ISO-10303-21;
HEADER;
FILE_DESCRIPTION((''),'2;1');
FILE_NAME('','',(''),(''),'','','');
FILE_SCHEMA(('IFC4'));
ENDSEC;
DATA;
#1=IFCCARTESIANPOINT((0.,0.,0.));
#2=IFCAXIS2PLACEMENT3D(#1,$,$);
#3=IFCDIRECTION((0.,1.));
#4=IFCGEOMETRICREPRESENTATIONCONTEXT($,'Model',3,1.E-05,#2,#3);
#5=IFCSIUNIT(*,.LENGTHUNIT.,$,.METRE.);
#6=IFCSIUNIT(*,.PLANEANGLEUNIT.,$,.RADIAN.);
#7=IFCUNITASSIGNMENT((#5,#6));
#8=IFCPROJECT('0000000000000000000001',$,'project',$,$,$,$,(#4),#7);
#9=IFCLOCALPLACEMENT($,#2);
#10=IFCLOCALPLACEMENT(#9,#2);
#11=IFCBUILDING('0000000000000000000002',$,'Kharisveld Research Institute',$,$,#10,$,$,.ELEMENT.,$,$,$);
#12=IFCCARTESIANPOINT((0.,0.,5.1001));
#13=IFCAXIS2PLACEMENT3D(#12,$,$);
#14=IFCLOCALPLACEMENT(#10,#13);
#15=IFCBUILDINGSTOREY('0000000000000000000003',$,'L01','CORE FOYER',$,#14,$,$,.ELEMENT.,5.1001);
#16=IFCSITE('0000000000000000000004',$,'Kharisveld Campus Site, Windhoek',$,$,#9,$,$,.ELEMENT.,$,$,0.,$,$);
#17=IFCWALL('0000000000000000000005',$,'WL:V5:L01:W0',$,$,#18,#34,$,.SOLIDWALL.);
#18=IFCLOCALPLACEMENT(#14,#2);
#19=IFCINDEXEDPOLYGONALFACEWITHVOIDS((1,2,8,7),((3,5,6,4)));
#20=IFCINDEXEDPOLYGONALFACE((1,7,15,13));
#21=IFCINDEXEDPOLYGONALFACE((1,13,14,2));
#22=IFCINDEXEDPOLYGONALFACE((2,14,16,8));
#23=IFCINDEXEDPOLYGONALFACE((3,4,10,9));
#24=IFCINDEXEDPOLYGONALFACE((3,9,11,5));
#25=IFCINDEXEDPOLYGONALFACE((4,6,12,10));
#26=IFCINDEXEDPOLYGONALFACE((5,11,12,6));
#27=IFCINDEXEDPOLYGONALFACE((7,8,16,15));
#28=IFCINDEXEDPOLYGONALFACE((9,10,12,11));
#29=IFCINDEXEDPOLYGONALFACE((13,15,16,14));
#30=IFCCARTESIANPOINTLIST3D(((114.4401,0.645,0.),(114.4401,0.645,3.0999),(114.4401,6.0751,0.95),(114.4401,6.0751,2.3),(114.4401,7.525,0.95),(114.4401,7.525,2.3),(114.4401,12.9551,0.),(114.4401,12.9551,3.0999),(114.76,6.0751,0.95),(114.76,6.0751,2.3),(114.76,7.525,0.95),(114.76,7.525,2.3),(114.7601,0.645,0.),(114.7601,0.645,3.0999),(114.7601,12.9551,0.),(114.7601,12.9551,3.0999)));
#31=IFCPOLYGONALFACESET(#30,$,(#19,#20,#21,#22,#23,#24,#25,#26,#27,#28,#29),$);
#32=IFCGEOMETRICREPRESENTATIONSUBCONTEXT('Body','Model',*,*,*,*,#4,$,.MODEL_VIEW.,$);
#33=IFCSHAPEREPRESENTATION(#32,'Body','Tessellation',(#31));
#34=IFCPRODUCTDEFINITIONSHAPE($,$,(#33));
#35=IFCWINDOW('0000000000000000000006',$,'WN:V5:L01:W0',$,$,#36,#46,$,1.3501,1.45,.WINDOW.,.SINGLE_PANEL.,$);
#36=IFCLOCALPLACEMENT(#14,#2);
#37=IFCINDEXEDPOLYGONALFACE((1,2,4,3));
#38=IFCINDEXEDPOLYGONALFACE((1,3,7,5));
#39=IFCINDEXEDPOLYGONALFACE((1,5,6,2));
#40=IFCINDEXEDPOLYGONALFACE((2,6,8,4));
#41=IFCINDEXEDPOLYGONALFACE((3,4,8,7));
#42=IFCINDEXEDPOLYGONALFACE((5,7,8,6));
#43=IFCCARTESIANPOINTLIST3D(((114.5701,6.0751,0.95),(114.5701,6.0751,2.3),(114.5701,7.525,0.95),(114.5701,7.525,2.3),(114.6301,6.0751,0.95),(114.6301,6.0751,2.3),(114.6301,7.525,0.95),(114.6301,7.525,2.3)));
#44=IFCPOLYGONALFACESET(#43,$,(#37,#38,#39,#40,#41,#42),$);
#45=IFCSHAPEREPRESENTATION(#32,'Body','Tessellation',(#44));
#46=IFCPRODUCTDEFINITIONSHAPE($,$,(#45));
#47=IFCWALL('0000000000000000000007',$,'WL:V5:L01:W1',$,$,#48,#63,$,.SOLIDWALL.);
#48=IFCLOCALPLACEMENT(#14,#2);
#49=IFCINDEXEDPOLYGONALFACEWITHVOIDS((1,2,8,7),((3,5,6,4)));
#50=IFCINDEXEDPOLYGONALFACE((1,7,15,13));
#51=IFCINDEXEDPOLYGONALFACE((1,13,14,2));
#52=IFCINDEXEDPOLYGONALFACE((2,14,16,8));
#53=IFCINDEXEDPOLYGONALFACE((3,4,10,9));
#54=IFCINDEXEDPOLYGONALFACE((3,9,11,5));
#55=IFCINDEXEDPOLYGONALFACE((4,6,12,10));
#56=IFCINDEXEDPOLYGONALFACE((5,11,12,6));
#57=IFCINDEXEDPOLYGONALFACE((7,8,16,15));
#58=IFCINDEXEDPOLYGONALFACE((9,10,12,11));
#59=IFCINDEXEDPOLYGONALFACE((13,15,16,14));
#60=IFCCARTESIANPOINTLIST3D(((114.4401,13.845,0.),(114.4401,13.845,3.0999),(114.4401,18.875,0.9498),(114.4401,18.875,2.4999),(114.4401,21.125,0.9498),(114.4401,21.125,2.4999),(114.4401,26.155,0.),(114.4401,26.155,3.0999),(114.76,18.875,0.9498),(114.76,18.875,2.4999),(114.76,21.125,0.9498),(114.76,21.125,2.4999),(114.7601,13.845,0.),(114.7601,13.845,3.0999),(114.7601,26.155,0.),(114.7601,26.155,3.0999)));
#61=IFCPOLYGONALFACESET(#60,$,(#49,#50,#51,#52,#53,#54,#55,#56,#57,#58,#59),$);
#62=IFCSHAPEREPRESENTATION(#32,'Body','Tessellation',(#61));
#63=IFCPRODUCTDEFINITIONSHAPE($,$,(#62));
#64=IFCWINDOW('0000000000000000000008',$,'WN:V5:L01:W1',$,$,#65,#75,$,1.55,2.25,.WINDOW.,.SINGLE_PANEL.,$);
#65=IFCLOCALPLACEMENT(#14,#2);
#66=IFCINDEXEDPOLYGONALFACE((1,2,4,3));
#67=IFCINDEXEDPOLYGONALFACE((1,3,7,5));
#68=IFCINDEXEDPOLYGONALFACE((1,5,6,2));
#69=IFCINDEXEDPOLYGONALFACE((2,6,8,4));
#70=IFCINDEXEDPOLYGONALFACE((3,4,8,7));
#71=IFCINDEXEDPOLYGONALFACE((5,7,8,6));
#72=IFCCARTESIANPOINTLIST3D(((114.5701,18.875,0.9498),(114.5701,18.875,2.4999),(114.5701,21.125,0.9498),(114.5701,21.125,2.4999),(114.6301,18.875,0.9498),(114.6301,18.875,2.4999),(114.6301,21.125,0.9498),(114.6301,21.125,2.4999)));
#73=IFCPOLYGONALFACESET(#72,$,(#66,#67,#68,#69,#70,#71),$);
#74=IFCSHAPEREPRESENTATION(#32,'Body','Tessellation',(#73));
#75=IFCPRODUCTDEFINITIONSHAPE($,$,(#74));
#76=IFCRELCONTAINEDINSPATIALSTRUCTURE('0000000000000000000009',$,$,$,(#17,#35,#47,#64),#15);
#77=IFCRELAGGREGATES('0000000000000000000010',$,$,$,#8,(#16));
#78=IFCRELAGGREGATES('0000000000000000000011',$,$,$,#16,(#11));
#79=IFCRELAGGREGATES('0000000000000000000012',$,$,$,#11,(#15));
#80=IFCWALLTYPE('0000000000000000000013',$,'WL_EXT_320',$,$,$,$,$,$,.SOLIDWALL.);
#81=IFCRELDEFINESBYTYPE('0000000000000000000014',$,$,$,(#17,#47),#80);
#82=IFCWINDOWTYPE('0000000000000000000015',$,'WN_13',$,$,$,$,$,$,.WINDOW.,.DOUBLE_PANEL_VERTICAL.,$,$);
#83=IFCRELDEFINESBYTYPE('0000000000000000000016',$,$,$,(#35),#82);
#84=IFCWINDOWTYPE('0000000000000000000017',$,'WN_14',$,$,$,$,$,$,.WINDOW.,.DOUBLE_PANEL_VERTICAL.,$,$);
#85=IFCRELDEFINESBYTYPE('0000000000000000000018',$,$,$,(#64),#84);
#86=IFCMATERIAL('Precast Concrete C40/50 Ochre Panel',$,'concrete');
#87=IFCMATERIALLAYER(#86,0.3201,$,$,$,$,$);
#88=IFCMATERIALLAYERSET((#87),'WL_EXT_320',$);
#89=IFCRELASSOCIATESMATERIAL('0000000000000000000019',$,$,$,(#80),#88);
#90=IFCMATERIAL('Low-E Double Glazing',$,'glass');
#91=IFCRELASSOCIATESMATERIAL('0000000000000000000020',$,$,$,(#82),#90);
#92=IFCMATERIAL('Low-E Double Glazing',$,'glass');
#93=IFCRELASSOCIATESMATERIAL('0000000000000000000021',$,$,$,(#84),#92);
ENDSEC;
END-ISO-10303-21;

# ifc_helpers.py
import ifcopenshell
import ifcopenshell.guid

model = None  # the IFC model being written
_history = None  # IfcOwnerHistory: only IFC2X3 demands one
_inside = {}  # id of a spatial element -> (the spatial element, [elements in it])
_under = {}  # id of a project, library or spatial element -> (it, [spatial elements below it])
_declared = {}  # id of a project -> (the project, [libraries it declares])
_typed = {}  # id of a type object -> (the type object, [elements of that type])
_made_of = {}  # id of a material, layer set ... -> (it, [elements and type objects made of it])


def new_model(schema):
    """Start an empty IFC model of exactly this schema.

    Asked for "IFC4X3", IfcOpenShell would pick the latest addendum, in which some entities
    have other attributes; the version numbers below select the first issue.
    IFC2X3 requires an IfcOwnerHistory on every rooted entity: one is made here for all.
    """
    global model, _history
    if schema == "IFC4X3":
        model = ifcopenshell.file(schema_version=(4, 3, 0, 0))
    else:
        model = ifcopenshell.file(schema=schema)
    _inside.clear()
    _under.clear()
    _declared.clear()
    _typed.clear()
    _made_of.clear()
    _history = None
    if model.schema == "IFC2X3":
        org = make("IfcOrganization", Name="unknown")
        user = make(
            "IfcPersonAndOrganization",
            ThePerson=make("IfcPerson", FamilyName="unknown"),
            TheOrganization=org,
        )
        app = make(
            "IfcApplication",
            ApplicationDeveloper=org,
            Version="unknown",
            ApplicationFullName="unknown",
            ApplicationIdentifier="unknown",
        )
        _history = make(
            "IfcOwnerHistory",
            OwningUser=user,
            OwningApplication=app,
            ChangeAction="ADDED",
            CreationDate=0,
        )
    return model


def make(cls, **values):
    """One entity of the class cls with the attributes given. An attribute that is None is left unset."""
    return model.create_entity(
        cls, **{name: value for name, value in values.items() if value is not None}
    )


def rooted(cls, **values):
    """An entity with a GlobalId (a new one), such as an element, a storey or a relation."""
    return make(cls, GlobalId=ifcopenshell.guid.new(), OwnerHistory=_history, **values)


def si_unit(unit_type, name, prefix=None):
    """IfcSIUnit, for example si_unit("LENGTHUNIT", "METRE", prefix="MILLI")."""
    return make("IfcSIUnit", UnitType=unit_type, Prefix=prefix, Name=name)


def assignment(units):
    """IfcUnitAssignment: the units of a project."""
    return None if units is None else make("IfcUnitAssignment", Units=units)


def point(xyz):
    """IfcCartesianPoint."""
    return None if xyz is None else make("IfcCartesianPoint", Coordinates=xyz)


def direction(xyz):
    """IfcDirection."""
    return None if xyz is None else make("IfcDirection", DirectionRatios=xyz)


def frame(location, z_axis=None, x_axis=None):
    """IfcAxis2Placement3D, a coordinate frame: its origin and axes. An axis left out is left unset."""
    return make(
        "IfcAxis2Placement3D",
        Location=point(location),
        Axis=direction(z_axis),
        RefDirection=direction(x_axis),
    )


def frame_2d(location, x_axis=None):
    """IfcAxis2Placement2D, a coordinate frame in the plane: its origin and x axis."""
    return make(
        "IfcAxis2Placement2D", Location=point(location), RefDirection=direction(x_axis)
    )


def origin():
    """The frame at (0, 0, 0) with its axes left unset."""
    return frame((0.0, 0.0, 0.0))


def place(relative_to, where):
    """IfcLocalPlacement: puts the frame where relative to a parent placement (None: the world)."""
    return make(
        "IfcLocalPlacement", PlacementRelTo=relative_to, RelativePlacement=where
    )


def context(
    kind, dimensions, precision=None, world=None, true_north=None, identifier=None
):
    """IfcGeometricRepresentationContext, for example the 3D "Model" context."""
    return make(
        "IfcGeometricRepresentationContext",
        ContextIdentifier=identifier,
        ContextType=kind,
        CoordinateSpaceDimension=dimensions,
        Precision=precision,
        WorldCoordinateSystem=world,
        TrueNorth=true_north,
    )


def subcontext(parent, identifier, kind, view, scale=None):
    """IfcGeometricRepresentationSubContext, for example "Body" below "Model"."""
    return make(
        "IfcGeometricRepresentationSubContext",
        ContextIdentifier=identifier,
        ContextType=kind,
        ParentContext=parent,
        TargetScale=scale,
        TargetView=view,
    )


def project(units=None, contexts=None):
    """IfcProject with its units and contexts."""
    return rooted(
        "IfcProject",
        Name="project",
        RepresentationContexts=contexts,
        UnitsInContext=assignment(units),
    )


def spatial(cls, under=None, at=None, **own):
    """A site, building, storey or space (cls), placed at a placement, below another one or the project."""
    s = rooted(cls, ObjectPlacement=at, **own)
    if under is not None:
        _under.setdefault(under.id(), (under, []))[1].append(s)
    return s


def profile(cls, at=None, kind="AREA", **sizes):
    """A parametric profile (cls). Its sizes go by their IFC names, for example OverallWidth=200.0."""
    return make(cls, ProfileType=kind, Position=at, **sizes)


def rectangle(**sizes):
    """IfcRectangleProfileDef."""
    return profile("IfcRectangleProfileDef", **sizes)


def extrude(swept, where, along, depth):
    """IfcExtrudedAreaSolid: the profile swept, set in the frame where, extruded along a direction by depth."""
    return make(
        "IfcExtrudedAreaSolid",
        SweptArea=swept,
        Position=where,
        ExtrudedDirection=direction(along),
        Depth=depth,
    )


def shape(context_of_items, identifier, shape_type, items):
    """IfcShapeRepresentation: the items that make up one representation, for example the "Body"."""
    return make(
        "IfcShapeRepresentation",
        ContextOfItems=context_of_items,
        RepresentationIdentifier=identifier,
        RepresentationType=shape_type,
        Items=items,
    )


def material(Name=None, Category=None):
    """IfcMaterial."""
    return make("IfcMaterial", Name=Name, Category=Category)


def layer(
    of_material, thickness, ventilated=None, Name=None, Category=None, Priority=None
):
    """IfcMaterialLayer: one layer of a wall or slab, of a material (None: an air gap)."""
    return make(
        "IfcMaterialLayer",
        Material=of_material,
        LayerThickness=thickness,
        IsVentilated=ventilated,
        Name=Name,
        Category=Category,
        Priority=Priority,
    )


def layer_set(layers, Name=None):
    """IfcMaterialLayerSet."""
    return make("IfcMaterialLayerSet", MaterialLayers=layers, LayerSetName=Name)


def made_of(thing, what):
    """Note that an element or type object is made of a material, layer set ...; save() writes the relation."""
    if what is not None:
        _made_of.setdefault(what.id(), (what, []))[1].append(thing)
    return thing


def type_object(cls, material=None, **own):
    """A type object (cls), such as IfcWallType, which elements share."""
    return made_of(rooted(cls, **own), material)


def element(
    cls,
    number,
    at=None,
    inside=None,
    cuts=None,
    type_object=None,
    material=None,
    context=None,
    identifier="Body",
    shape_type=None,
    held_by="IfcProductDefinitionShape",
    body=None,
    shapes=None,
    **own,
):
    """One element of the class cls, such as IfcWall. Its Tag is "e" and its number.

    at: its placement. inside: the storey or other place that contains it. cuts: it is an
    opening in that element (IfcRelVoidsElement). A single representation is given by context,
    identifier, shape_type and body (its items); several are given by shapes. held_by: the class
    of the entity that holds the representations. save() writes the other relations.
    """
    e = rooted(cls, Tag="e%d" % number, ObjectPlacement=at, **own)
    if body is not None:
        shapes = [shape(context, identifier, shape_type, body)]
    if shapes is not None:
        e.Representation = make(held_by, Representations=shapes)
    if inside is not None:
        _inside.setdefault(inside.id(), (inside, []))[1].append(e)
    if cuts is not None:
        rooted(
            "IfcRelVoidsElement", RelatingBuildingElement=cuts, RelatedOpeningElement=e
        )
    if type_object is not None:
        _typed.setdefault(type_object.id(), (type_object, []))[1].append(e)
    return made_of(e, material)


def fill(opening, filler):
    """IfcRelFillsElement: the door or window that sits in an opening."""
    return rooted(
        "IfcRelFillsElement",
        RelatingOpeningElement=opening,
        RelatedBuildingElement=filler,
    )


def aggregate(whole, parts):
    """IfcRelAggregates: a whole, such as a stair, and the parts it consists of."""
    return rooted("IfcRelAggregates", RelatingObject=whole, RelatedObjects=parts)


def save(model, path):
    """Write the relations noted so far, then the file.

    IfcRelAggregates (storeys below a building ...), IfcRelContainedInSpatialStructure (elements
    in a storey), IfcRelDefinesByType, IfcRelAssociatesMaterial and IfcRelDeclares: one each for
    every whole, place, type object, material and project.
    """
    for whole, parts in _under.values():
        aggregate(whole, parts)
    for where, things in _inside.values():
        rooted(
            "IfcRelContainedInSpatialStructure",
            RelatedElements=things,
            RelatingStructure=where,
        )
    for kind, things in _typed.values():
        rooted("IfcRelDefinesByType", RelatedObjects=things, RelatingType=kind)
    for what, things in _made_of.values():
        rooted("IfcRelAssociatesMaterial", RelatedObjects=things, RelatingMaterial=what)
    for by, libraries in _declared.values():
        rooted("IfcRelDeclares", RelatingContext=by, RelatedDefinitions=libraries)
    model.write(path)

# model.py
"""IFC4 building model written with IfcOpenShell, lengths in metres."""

from ifc_helpers import new_model, si_unit, direction, frame, frame_2d, origin, place, context, subcontext, project, spatial, rectangle, extrude, material, layer, layer_set, type_object, element, fill, save


model = new_model("IFC4")

# Units and contexts
model_context = context("Model", 3, precision=1e-05, world=origin(), true_north=direction((0.0, 1.0)))
body_context = subcontext(model_context, "Body", "Model", "MODEL_VIEW")
ifc_project = project(units=[si_unit("LENGTHUNIT", "METRE"), si_unit("PLANEANGLEUNIT", "RADIAN")], contexts=[model_context])

# Site, building, storey
site_placement = place(None, origin())
site = spatial("IfcSite", under=ifc_project, at=site_placement, Name="Kharisveld Campus Site, Windhoek", CompositionType="ELEMENT", RefElevation=0.0)
building_placement = place(site_placement, origin())
building = spatial("IfcBuilding", under=site, at=building_placement, Name="Kharisveld Research Institute", CompositionType="ELEMENT")
storey_placement = place(building_placement, frame((0.0, 0.0, 5.1001)))
storey = spatial("IfcBuildingStorey", under=building, at=storey_placement, Name="L01", Description="CORE FOYER", CompositionType="ELEMENT", Elevation=5.1001)

# Walls, openings, windows
ifc_material_1 = material(Name="Precast Concrete C40/50 Ochre Panel", Category="concrete")
ifc_layer_1 = layer(ifc_material_1, 0.3201)
ifc_layer_set_1 = layer_set([ifc_layer_1], Name="WL_EXT_320")
wall_type = type_object("IfcWallType", Name="WL_EXT_320", PredefinedType="SOLIDWALL", material=ifc_layer_set_1)
wall_1_placement = place(storey_placement, frame((114.6001, 0.645, 0.0), z_axis=(0.0, 0.0, 1.0), x_axis=(0.0, 1.0, 0.0)))
wall_1 = element("IfcWall", 1, at=wall_1_placement, inside=storey, type_object=wall_type, Name="WL:V5:L01:W0", PredefinedType="SOLIDWALL", context=body_context, shape_type="SweptSolid", body=[
    extrude(rectangle(XDim=12.3101, YDim=0.3201, at=frame_2d((6.155, 0.0))), origin(), (0.0, 0.0, 1.0), 3.0999),
])
opening_1_placement = place(wall_1_placement, frame((5.4299, 0.0, 0.95)))
opening_1 = element("IfcOpeningElement", 2, at=opening_1_placement, cuts=wall_1, PredefinedType="OPENING", context=body_context, shape_type="SweptSolid", body=[
    extrude(rectangle(XDim=1.45, YDim=1.3501, at=frame_2d((0.7251, 0.675))), frame((0.0, 0.1602, 0.0), z_axis=(0.0, -1.0, 0.0), x_axis=(1.0, 0.0, 0.0)), (0.0, 0.0, 1.0), 0.3201),
])
ifc_material_2 = material(Name="Low-E Double Glazing", Category="glass")
window_type_1 = type_object("IfcWindowType", Name="WN_13", PartitioningType="DOUBLE_PANEL_VERTICAL", PredefinedType="WINDOW", material=ifc_material_2)
window_1_placement = place(opening_1_placement, origin())
window_1 = element("IfcWindow", 3, at=window_1_placement, inside=storey, type_object=window_type_1, Name="WN:V5:L01:W0", OverallHeight=1.3501, OverallWidth=1.45, PartitioningType="SINGLE_PANEL", PredefinedType="WINDOW", context=body_context, shape_type="SweptSolid", body=[
    extrude(rectangle(XDim=1.45, YDim=1.3501, at=frame_2d((0.7251, 0.675))), frame((0.0, 0.03, 0.0), z_axis=(0.0, -1.0, 0.0), x_axis=(1.0, 0.0, 0.0)), (0.0, 0.0, 1.0), 0.0601),
])
fill(opening_1, window_1)
wall_2_placement = place(storey_placement, frame((114.6001, 13.845, 0.0), z_axis=(0.0, 0.0, 1.0), x_axis=(0.0, 1.0, 0.0)))
wall_2 = element("IfcWall", 4, at=wall_2_placement, inside=storey, type_object=wall_type, Name="WL:V5:L01:W1", PredefinedType="SOLIDWALL", context=body_context, shape_type="SweptSolid", body=[
    extrude(rectangle(XDim=12.3101, YDim=0.3201, at=frame_2d((6.155, 0.0))), origin(), (0.0, 0.0, 1.0), 3.0999),
])
opening_2_placement = place(wall_2_placement, frame((5.03, 0.0, 0.95)))
opening_2 = element("IfcOpeningElement", 5, at=opening_2_placement, cuts=wall_2, PredefinedType="OPENING", context=body_context, shape_type="SweptSolid", body=[
    extrude(rectangle(XDim=2.25, YDim=1.55, at=frame_2d((1.125, 0.7749))), frame((0.0, 0.1602, 0.0), z_axis=(0.0, -1.0, 0.0), x_axis=(1.0, 0.0, 0.0)), (0.0, 0.0, 1.0), 0.3201),
])
ifc_material_3 = material(Name="Low-E Double Glazing", Category="glass")
window_type_2 = type_object("IfcWindowType", Name="WN_14", PartitioningType="DOUBLE_PANEL_VERTICAL", PredefinedType="WINDOW", material=ifc_material_3)
window_2_placement = place(opening_2_placement, origin())
window_2 = element("IfcWindow", 6, at=window_2_placement, inside=storey, type_object=window_type_2, Name="WN:V5:L01:W1", OverallHeight=1.55, OverallWidth=2.25, PartitioningType="SINGLE_PANEL", PredefinedType="WINDOW", context=body_context, shape_type="SweptSolid", body=[
    extrude(rectangle(XDim=2.25, YDim=1.55, at=frame_2d((1.125, 0.7749))), frame((0.0, 0.03, 0.0), z_axis=(0.0, -1.0, 0.0), x_axis=(1.0, 0.0, 0.0)), (0.0, 0.0, 1.0), 0.0601),
])
fill(opening_2, window_2)

save(model, "model.ifc")
